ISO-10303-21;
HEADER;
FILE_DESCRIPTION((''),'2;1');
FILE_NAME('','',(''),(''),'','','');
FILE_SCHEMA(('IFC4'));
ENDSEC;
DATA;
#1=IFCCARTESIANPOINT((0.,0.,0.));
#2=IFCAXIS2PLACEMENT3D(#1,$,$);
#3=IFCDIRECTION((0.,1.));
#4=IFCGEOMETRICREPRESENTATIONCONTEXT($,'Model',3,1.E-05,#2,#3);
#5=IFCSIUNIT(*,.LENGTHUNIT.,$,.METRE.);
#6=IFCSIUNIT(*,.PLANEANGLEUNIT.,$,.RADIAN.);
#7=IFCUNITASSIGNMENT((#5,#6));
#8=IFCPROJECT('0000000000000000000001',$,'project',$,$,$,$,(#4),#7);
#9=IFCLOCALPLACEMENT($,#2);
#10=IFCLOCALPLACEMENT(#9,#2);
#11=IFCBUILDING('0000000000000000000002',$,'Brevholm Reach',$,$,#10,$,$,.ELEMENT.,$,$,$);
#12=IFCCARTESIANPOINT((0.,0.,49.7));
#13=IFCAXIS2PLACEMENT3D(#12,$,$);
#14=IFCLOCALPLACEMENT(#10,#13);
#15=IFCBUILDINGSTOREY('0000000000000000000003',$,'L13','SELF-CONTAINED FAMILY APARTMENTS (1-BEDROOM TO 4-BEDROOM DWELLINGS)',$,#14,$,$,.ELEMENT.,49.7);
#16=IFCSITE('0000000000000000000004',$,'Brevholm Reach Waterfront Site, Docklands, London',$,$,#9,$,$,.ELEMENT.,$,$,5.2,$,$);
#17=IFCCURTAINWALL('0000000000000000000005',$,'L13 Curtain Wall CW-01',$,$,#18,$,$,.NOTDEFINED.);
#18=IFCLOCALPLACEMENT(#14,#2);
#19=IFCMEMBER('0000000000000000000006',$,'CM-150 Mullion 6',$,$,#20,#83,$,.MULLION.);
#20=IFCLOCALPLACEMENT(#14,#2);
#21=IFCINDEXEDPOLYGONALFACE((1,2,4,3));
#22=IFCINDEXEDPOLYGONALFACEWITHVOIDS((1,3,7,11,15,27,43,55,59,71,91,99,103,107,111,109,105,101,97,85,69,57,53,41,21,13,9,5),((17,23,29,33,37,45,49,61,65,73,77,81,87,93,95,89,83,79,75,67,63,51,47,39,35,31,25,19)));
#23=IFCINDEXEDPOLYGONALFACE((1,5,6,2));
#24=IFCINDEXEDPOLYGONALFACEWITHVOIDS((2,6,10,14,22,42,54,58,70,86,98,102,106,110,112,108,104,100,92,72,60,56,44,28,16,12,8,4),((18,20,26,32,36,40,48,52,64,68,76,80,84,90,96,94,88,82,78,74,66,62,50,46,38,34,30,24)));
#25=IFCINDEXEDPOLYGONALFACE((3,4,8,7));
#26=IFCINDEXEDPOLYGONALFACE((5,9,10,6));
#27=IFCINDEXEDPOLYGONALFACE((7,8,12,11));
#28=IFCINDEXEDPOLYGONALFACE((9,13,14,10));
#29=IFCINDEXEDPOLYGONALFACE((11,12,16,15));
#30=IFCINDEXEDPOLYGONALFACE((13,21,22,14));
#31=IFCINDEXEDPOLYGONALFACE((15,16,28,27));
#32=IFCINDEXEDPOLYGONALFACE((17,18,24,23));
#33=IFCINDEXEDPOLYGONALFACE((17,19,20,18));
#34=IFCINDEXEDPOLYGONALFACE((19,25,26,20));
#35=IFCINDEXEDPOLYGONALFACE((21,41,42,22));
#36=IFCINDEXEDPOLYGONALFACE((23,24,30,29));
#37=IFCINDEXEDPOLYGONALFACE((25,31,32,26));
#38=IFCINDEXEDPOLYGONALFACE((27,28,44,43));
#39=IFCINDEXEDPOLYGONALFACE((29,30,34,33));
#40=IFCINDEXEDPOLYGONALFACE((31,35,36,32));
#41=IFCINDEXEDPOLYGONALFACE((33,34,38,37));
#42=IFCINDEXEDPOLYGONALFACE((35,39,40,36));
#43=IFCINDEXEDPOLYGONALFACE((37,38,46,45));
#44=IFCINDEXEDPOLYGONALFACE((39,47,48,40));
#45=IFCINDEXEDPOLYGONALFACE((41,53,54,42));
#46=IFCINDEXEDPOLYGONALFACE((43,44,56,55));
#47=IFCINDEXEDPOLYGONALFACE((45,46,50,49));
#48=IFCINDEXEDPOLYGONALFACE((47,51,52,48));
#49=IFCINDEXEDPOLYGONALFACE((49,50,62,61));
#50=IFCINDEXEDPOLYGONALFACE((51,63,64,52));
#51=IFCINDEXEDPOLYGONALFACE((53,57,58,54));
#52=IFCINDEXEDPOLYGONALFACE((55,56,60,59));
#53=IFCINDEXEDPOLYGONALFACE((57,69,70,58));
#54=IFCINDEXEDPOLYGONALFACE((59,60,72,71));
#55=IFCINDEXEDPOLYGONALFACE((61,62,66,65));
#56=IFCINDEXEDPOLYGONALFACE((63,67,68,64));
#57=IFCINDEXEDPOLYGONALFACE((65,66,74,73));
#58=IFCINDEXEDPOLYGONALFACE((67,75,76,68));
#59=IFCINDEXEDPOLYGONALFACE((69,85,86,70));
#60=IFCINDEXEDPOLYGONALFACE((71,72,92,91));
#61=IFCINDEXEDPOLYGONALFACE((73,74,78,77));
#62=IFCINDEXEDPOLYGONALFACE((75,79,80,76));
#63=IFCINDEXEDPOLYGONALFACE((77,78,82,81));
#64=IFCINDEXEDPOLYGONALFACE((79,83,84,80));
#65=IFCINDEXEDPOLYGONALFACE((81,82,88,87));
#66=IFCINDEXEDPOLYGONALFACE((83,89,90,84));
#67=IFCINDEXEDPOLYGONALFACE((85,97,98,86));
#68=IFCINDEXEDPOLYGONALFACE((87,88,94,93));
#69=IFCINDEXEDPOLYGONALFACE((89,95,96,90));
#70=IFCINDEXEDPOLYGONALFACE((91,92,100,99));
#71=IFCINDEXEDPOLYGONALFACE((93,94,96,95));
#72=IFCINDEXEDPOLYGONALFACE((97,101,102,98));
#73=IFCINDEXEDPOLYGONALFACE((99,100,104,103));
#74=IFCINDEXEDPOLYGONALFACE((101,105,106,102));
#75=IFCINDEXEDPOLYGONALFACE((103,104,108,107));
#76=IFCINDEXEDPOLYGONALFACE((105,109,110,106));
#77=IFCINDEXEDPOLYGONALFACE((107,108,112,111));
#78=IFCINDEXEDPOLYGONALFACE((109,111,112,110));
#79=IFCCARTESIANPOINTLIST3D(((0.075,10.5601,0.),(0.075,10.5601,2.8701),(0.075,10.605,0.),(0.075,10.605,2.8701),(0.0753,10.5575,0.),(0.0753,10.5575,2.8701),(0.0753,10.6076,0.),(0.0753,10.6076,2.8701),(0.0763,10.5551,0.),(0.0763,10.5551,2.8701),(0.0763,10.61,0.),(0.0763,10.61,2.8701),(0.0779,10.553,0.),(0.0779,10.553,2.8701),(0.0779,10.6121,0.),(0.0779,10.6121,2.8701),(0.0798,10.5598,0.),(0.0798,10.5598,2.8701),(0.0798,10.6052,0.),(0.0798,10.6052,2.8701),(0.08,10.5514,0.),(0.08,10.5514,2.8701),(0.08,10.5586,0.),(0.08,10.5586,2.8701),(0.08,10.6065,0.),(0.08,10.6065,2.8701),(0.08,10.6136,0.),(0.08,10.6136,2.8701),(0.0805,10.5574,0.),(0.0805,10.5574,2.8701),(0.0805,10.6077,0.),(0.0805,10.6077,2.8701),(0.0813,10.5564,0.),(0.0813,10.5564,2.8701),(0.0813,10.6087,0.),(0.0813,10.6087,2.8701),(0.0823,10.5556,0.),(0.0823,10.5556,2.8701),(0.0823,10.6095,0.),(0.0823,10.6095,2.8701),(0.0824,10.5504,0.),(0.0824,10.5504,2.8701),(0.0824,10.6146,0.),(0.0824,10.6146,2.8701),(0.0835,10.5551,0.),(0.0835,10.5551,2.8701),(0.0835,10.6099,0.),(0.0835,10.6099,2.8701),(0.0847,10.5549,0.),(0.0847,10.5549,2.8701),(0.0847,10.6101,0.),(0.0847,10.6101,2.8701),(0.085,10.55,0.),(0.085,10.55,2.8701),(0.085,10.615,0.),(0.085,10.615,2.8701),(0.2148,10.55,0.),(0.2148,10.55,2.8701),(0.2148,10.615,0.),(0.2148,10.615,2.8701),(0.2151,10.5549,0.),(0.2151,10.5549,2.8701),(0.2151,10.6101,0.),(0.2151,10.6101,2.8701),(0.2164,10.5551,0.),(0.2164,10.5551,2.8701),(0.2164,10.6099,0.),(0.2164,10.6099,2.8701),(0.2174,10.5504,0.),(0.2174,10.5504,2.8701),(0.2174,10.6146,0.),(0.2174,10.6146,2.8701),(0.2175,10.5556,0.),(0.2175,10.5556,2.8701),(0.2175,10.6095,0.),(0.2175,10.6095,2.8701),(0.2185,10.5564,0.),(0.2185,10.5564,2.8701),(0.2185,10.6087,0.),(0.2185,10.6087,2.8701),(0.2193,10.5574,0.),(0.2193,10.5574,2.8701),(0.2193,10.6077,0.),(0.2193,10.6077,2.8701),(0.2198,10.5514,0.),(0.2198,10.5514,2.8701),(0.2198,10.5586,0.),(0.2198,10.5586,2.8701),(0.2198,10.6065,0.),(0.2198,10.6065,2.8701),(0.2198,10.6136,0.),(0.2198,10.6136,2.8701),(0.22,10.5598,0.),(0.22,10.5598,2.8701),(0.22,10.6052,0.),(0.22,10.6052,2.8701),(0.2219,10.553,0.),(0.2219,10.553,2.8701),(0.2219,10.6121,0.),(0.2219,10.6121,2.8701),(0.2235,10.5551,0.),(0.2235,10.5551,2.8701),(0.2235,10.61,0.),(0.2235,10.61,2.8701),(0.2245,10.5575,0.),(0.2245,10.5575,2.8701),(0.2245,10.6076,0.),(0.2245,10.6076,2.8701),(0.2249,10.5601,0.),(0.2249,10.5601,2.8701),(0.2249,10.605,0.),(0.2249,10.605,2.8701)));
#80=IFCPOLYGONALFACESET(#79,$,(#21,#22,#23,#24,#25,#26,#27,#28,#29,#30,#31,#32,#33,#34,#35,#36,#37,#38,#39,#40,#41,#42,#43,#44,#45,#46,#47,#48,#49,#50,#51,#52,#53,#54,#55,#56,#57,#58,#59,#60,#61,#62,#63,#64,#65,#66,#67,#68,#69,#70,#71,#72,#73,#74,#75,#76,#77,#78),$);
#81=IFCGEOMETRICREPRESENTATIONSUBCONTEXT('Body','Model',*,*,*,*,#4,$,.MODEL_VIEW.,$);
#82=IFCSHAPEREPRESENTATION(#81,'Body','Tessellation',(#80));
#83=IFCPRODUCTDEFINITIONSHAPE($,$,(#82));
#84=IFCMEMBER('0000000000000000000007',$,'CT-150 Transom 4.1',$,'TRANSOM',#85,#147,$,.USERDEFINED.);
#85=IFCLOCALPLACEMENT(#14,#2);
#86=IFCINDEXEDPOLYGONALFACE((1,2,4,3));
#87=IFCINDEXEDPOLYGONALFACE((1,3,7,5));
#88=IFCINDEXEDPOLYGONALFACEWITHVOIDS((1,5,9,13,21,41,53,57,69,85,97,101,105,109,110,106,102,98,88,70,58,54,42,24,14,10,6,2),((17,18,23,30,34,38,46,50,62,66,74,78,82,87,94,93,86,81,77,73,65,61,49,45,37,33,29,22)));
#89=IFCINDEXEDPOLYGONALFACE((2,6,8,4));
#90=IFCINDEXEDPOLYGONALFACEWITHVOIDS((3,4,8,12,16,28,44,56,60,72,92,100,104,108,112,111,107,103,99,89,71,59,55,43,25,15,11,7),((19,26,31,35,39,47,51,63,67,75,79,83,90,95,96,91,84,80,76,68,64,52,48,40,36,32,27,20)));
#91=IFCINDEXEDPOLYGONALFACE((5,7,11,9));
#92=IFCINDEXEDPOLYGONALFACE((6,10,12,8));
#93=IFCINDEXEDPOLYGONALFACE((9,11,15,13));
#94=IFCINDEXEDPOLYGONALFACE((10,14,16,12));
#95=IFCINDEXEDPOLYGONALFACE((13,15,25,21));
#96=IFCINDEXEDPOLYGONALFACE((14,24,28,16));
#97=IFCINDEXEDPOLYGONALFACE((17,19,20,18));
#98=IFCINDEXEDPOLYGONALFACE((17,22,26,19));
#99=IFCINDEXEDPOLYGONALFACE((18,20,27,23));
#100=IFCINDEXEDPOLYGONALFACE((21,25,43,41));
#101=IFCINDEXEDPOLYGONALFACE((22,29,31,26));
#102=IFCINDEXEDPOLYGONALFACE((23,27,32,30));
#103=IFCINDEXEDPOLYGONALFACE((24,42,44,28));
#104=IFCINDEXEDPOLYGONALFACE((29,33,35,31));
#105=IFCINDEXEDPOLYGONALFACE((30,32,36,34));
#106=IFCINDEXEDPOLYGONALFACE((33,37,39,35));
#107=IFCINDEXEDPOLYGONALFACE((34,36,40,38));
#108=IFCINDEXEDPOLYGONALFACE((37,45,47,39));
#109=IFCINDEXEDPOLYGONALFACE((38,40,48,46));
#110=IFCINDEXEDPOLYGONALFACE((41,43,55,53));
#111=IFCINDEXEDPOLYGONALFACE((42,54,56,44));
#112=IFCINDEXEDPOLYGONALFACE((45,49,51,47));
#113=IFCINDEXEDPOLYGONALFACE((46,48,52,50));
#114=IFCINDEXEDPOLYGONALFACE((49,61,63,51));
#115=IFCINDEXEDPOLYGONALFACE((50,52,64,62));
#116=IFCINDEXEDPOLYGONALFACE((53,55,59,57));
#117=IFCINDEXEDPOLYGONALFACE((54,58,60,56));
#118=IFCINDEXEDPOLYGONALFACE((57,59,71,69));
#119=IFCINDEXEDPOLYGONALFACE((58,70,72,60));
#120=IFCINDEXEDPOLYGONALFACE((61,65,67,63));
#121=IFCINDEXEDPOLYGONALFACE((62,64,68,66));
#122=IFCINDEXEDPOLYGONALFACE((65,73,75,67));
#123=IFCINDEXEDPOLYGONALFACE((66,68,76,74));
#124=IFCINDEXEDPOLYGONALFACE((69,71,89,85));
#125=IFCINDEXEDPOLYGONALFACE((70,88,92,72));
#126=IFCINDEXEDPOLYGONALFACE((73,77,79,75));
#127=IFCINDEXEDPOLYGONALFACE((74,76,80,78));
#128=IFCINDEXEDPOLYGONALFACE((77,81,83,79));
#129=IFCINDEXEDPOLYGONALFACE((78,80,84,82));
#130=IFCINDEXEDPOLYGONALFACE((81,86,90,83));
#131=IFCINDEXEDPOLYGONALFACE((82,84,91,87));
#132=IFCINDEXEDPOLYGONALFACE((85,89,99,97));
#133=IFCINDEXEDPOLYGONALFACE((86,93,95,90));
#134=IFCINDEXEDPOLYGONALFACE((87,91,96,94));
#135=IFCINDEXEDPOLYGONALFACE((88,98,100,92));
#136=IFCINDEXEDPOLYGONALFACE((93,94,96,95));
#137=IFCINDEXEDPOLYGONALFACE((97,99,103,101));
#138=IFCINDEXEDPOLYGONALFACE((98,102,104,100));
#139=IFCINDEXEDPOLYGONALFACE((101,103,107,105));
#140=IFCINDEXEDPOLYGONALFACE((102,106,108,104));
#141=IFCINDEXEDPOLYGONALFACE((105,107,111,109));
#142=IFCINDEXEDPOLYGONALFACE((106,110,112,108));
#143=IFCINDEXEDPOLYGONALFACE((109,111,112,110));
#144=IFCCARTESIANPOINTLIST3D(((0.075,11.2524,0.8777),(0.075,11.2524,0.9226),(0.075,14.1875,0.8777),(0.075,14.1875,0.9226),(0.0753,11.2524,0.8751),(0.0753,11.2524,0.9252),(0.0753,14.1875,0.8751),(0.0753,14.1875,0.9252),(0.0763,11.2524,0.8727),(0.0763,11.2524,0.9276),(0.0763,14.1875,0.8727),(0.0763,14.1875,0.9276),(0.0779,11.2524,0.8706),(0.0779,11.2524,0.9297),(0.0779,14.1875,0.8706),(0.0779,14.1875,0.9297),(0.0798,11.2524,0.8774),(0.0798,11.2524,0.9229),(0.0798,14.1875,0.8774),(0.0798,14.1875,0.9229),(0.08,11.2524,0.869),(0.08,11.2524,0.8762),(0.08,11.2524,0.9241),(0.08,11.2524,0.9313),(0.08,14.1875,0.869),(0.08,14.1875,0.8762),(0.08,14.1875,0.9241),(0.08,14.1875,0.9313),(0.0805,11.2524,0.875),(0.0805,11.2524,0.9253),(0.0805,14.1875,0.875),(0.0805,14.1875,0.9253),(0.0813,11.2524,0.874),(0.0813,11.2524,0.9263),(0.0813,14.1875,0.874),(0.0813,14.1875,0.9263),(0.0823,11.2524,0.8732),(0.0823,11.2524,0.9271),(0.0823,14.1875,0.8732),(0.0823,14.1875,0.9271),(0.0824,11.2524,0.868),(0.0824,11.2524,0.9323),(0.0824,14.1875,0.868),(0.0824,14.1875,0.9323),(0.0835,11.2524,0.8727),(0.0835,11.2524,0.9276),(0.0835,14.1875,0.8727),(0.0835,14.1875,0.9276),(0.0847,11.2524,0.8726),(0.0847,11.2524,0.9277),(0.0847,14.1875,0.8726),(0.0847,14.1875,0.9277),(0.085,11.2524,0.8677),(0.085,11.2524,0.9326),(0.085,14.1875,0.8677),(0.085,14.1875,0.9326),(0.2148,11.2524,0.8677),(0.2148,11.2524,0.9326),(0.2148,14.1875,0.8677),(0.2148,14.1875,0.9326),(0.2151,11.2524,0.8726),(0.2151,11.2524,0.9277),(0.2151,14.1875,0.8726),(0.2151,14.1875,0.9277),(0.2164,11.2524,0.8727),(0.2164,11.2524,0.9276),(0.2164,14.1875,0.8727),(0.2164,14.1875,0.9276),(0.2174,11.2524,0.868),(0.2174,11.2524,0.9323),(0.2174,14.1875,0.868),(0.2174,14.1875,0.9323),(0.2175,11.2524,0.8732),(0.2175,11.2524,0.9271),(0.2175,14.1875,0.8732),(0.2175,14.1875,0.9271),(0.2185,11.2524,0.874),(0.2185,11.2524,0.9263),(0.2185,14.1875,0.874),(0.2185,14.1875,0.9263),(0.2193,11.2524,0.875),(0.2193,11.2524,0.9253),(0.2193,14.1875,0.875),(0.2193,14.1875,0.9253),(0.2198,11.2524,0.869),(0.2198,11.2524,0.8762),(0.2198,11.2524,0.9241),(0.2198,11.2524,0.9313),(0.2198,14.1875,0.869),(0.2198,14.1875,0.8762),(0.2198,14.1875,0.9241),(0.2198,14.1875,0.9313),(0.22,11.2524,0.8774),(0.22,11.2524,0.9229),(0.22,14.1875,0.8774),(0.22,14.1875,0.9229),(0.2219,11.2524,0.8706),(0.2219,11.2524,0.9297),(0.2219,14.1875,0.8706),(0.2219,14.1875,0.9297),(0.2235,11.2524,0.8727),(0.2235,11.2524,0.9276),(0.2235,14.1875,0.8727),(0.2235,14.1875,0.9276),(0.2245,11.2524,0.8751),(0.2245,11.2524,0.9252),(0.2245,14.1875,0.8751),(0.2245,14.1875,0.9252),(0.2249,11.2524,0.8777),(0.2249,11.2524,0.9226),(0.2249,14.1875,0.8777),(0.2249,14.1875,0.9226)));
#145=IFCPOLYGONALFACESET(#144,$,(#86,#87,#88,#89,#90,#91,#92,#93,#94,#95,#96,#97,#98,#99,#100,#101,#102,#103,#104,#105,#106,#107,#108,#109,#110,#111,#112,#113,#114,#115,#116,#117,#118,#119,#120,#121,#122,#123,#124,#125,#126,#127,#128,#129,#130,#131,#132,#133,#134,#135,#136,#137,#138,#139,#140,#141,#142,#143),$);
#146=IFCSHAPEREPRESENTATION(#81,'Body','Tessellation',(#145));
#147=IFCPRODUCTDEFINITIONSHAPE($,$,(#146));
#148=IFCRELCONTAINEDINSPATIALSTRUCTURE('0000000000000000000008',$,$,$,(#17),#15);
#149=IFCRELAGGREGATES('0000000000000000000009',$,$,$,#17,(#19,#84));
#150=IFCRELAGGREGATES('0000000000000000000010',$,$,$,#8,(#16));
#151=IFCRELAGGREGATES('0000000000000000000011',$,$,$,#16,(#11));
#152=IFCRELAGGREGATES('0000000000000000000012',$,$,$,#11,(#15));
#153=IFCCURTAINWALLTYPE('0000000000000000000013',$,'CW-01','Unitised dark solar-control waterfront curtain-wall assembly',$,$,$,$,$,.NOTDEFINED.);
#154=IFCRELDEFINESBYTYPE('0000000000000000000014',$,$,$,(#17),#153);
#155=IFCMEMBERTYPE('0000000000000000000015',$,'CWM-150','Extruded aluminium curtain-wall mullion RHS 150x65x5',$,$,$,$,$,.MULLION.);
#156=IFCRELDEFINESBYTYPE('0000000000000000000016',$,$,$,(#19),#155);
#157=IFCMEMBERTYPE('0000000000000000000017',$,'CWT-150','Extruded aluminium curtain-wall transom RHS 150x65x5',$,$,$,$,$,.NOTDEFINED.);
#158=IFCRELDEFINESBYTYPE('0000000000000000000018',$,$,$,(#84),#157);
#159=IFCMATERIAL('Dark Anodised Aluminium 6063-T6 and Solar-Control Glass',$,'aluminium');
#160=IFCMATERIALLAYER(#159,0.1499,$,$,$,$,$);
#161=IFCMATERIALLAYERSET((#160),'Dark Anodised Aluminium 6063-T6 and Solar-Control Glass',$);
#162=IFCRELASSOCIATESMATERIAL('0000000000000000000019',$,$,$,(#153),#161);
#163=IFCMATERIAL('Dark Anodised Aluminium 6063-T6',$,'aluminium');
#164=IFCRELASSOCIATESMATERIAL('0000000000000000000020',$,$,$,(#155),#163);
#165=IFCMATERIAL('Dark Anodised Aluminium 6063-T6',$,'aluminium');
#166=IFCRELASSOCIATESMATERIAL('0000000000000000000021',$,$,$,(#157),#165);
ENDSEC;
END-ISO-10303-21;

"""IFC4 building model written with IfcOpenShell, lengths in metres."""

from ifc_helpers import new_model, si_unit, direction, frame, origin, origin_2d, place, context, subcontext, project, spatial, hollow_rectangle, extrude, material, layer, layer_set, material_profile, profile_set, type_object, element, aggregate, save


model = new_model("IFC4")

# Units and contexts
model_context = context("Model", 3, precision=1e-05, world=origin(), true_north=direction((0.0, 1.0)))
body_context = subcontext(model_context, "Body", "Model", "MODEL_VIEW")
ifc_project = project(units=[si_unit("LENGTHUNIT", "METRE"), si_unit("PLANEANGLEUNIT", "RADIAN")], contexts=[model_context])

# Site, building, storey
site_placement = place(None, origin())
site = spatial("IfcSite", under=ifc_project, at=site_placement, Name="Brevholm Reach Waterfront Site, Docklands, London", CompositionType="ELEMENT", RefElevation=5.2)
building_placement = place(site_placement, origin())
building = spatial("IfcBuilding", under=site, at=building_placement, Name="Brevholm Reach", CompositionType="ELEMENT")
storey_placement = place(building_placement, frame((0.0, 0.0, 49.7)))
storey = spatial("IfcBuildingStorey", under=building, at=storey_placement, Name="L13", Description="SELF-CONTAINED FAMILY APARTMENTS (1-BEDROOM TO 4-BEDROOM DWELLINGS)", CompositionType="ELEMENT", Elevation=49.7)

# Curtain wall, members
ifc_material_1 = material(Name="Dark Anodised Aluminium 6063-T6 and Solar-Control Glass", Category="aluminium")
ifc_layer_1 = layer(ifc_material_1, 0.1499)
ifc_layer_set_1 = layer_set([ifc_layer_1], Name="Dark Anodised Aluminium 6063-T6 and Solar-Control Glass")
curtain_wall_type = type_object("IfcCurtainWallType", Name="CW-01", Description="Unitised dark solar-control waterfront curtain-wall assembly", PredefinedType="NOTDEFINED", material=ifc_layer_set_1)
curtain_wall_placement = place(storey_placement, origin())
curtain_wall = element("IfcCurtainWall", 1, at=curtain_wall_placement, inside=storey, type_object=curtain_wall_type, Name="L13 Curtain Wall CW-01", PredefinedType="NOTDEFINED")
ifc_material_2 = material(Name="Dark Anodised Aluminium 6063-T6", Category="aluminium")
ifc_material_profile_1 = material_profile(ifc_material_2, hollow_rectangle(XDim=0.0649, YDim=0.1499, WallThickness=0.0049, InnerFilletRadius=0.0049, OuterFilletRadius=0.01, at=origin_2d()), Name="RHS 150x65x5")
ifc_profile_set_1 = profile_set([ifc_material_profile_1], Name="Dark Anodised Aluminium 6063-T6")
member_type_1 = type_object("IfcMemberType", Name="CWM-150", Description="Extruded aluminium curtain-wall mullion RHS 150x65x5", PredefinedType="MULLION", material=ifc_profile_set_1)
member_1_placement = place(storey_placement, frame((0.1499, 10.5825, 0.0), z_axis=(0.0, 0.0, 1.0), x_axis=(0.0, -1.0, 0.0)))
member_1 = element("IfcMember", 2, at=member_1_placement, type_object=member_type_1, Name="CM-150 Mullion 6", PredefinedType="MULLION", context=body_context, shape_type="SweptSolid", body=[
    extrude(hollow_rectangle(XDim=0.0649, YDim=0.1499, WallThickness=0.0049, InnerFilletRadius=0.0049, OuterFilletRadius=0.01, at=origin_2d()), origin(), (0.0, 0.0, 1.0), 2.8701),
])
ifc_material_3 = material(Name="Dark Anodised Aluminium 6063-T6", Category="aluminium")
ifc_material_profile_2 = material_profile(ifc_material_3, hollow_rectangle(XDim=0.0649, YDim=0.1499, WallThickness=0.0049, InnerFilletRadius=0.0049, OuterFilletRadius=0.01, at=origin_2d()), Name="RHS 150x65x5")
ifc_profile_set_2 = profile_set([ifc_material_profile_2], Name="Dark Anodised Aluminium 6063-T6")
member_type_2 = type_object("IfcMemberType", Name="CWT-150", Description="Extruded aluminium curtain-wall transom RHS 150x65x5", PredefinedType="NOTDEFINED", material=ifc_profile_set_2)
member_2_placement = place(storey_placement, frame((0.1499, 14.1875, 0.9001), z_axis=(0.0, -1.0, 0.0), x_axis=(0.0, 0.0, 1.0)))
member_2 = element("IfcMember", 3, at=member_2_placement, type_object=member_type_2, Name="CT-150 Transom 4.1", ObjectType="TRANSOM", PredefinedType="USERDEFINED", context=body_context, shape_type="SweptSolid", body=[
    extrude(hollow_rectangle(XDim=0.0649, YDim=0.1499, WallThickness=0.0049, InnerFilletRadius=0.0049, OuterFilletRadius=0.01, at=origin_2d()), origin(), (0.0, 0.0, 1.0), 2.9351),
])
aggregate(curtain_wall, [member_1, member_2])

save(model, "model.ifc")
